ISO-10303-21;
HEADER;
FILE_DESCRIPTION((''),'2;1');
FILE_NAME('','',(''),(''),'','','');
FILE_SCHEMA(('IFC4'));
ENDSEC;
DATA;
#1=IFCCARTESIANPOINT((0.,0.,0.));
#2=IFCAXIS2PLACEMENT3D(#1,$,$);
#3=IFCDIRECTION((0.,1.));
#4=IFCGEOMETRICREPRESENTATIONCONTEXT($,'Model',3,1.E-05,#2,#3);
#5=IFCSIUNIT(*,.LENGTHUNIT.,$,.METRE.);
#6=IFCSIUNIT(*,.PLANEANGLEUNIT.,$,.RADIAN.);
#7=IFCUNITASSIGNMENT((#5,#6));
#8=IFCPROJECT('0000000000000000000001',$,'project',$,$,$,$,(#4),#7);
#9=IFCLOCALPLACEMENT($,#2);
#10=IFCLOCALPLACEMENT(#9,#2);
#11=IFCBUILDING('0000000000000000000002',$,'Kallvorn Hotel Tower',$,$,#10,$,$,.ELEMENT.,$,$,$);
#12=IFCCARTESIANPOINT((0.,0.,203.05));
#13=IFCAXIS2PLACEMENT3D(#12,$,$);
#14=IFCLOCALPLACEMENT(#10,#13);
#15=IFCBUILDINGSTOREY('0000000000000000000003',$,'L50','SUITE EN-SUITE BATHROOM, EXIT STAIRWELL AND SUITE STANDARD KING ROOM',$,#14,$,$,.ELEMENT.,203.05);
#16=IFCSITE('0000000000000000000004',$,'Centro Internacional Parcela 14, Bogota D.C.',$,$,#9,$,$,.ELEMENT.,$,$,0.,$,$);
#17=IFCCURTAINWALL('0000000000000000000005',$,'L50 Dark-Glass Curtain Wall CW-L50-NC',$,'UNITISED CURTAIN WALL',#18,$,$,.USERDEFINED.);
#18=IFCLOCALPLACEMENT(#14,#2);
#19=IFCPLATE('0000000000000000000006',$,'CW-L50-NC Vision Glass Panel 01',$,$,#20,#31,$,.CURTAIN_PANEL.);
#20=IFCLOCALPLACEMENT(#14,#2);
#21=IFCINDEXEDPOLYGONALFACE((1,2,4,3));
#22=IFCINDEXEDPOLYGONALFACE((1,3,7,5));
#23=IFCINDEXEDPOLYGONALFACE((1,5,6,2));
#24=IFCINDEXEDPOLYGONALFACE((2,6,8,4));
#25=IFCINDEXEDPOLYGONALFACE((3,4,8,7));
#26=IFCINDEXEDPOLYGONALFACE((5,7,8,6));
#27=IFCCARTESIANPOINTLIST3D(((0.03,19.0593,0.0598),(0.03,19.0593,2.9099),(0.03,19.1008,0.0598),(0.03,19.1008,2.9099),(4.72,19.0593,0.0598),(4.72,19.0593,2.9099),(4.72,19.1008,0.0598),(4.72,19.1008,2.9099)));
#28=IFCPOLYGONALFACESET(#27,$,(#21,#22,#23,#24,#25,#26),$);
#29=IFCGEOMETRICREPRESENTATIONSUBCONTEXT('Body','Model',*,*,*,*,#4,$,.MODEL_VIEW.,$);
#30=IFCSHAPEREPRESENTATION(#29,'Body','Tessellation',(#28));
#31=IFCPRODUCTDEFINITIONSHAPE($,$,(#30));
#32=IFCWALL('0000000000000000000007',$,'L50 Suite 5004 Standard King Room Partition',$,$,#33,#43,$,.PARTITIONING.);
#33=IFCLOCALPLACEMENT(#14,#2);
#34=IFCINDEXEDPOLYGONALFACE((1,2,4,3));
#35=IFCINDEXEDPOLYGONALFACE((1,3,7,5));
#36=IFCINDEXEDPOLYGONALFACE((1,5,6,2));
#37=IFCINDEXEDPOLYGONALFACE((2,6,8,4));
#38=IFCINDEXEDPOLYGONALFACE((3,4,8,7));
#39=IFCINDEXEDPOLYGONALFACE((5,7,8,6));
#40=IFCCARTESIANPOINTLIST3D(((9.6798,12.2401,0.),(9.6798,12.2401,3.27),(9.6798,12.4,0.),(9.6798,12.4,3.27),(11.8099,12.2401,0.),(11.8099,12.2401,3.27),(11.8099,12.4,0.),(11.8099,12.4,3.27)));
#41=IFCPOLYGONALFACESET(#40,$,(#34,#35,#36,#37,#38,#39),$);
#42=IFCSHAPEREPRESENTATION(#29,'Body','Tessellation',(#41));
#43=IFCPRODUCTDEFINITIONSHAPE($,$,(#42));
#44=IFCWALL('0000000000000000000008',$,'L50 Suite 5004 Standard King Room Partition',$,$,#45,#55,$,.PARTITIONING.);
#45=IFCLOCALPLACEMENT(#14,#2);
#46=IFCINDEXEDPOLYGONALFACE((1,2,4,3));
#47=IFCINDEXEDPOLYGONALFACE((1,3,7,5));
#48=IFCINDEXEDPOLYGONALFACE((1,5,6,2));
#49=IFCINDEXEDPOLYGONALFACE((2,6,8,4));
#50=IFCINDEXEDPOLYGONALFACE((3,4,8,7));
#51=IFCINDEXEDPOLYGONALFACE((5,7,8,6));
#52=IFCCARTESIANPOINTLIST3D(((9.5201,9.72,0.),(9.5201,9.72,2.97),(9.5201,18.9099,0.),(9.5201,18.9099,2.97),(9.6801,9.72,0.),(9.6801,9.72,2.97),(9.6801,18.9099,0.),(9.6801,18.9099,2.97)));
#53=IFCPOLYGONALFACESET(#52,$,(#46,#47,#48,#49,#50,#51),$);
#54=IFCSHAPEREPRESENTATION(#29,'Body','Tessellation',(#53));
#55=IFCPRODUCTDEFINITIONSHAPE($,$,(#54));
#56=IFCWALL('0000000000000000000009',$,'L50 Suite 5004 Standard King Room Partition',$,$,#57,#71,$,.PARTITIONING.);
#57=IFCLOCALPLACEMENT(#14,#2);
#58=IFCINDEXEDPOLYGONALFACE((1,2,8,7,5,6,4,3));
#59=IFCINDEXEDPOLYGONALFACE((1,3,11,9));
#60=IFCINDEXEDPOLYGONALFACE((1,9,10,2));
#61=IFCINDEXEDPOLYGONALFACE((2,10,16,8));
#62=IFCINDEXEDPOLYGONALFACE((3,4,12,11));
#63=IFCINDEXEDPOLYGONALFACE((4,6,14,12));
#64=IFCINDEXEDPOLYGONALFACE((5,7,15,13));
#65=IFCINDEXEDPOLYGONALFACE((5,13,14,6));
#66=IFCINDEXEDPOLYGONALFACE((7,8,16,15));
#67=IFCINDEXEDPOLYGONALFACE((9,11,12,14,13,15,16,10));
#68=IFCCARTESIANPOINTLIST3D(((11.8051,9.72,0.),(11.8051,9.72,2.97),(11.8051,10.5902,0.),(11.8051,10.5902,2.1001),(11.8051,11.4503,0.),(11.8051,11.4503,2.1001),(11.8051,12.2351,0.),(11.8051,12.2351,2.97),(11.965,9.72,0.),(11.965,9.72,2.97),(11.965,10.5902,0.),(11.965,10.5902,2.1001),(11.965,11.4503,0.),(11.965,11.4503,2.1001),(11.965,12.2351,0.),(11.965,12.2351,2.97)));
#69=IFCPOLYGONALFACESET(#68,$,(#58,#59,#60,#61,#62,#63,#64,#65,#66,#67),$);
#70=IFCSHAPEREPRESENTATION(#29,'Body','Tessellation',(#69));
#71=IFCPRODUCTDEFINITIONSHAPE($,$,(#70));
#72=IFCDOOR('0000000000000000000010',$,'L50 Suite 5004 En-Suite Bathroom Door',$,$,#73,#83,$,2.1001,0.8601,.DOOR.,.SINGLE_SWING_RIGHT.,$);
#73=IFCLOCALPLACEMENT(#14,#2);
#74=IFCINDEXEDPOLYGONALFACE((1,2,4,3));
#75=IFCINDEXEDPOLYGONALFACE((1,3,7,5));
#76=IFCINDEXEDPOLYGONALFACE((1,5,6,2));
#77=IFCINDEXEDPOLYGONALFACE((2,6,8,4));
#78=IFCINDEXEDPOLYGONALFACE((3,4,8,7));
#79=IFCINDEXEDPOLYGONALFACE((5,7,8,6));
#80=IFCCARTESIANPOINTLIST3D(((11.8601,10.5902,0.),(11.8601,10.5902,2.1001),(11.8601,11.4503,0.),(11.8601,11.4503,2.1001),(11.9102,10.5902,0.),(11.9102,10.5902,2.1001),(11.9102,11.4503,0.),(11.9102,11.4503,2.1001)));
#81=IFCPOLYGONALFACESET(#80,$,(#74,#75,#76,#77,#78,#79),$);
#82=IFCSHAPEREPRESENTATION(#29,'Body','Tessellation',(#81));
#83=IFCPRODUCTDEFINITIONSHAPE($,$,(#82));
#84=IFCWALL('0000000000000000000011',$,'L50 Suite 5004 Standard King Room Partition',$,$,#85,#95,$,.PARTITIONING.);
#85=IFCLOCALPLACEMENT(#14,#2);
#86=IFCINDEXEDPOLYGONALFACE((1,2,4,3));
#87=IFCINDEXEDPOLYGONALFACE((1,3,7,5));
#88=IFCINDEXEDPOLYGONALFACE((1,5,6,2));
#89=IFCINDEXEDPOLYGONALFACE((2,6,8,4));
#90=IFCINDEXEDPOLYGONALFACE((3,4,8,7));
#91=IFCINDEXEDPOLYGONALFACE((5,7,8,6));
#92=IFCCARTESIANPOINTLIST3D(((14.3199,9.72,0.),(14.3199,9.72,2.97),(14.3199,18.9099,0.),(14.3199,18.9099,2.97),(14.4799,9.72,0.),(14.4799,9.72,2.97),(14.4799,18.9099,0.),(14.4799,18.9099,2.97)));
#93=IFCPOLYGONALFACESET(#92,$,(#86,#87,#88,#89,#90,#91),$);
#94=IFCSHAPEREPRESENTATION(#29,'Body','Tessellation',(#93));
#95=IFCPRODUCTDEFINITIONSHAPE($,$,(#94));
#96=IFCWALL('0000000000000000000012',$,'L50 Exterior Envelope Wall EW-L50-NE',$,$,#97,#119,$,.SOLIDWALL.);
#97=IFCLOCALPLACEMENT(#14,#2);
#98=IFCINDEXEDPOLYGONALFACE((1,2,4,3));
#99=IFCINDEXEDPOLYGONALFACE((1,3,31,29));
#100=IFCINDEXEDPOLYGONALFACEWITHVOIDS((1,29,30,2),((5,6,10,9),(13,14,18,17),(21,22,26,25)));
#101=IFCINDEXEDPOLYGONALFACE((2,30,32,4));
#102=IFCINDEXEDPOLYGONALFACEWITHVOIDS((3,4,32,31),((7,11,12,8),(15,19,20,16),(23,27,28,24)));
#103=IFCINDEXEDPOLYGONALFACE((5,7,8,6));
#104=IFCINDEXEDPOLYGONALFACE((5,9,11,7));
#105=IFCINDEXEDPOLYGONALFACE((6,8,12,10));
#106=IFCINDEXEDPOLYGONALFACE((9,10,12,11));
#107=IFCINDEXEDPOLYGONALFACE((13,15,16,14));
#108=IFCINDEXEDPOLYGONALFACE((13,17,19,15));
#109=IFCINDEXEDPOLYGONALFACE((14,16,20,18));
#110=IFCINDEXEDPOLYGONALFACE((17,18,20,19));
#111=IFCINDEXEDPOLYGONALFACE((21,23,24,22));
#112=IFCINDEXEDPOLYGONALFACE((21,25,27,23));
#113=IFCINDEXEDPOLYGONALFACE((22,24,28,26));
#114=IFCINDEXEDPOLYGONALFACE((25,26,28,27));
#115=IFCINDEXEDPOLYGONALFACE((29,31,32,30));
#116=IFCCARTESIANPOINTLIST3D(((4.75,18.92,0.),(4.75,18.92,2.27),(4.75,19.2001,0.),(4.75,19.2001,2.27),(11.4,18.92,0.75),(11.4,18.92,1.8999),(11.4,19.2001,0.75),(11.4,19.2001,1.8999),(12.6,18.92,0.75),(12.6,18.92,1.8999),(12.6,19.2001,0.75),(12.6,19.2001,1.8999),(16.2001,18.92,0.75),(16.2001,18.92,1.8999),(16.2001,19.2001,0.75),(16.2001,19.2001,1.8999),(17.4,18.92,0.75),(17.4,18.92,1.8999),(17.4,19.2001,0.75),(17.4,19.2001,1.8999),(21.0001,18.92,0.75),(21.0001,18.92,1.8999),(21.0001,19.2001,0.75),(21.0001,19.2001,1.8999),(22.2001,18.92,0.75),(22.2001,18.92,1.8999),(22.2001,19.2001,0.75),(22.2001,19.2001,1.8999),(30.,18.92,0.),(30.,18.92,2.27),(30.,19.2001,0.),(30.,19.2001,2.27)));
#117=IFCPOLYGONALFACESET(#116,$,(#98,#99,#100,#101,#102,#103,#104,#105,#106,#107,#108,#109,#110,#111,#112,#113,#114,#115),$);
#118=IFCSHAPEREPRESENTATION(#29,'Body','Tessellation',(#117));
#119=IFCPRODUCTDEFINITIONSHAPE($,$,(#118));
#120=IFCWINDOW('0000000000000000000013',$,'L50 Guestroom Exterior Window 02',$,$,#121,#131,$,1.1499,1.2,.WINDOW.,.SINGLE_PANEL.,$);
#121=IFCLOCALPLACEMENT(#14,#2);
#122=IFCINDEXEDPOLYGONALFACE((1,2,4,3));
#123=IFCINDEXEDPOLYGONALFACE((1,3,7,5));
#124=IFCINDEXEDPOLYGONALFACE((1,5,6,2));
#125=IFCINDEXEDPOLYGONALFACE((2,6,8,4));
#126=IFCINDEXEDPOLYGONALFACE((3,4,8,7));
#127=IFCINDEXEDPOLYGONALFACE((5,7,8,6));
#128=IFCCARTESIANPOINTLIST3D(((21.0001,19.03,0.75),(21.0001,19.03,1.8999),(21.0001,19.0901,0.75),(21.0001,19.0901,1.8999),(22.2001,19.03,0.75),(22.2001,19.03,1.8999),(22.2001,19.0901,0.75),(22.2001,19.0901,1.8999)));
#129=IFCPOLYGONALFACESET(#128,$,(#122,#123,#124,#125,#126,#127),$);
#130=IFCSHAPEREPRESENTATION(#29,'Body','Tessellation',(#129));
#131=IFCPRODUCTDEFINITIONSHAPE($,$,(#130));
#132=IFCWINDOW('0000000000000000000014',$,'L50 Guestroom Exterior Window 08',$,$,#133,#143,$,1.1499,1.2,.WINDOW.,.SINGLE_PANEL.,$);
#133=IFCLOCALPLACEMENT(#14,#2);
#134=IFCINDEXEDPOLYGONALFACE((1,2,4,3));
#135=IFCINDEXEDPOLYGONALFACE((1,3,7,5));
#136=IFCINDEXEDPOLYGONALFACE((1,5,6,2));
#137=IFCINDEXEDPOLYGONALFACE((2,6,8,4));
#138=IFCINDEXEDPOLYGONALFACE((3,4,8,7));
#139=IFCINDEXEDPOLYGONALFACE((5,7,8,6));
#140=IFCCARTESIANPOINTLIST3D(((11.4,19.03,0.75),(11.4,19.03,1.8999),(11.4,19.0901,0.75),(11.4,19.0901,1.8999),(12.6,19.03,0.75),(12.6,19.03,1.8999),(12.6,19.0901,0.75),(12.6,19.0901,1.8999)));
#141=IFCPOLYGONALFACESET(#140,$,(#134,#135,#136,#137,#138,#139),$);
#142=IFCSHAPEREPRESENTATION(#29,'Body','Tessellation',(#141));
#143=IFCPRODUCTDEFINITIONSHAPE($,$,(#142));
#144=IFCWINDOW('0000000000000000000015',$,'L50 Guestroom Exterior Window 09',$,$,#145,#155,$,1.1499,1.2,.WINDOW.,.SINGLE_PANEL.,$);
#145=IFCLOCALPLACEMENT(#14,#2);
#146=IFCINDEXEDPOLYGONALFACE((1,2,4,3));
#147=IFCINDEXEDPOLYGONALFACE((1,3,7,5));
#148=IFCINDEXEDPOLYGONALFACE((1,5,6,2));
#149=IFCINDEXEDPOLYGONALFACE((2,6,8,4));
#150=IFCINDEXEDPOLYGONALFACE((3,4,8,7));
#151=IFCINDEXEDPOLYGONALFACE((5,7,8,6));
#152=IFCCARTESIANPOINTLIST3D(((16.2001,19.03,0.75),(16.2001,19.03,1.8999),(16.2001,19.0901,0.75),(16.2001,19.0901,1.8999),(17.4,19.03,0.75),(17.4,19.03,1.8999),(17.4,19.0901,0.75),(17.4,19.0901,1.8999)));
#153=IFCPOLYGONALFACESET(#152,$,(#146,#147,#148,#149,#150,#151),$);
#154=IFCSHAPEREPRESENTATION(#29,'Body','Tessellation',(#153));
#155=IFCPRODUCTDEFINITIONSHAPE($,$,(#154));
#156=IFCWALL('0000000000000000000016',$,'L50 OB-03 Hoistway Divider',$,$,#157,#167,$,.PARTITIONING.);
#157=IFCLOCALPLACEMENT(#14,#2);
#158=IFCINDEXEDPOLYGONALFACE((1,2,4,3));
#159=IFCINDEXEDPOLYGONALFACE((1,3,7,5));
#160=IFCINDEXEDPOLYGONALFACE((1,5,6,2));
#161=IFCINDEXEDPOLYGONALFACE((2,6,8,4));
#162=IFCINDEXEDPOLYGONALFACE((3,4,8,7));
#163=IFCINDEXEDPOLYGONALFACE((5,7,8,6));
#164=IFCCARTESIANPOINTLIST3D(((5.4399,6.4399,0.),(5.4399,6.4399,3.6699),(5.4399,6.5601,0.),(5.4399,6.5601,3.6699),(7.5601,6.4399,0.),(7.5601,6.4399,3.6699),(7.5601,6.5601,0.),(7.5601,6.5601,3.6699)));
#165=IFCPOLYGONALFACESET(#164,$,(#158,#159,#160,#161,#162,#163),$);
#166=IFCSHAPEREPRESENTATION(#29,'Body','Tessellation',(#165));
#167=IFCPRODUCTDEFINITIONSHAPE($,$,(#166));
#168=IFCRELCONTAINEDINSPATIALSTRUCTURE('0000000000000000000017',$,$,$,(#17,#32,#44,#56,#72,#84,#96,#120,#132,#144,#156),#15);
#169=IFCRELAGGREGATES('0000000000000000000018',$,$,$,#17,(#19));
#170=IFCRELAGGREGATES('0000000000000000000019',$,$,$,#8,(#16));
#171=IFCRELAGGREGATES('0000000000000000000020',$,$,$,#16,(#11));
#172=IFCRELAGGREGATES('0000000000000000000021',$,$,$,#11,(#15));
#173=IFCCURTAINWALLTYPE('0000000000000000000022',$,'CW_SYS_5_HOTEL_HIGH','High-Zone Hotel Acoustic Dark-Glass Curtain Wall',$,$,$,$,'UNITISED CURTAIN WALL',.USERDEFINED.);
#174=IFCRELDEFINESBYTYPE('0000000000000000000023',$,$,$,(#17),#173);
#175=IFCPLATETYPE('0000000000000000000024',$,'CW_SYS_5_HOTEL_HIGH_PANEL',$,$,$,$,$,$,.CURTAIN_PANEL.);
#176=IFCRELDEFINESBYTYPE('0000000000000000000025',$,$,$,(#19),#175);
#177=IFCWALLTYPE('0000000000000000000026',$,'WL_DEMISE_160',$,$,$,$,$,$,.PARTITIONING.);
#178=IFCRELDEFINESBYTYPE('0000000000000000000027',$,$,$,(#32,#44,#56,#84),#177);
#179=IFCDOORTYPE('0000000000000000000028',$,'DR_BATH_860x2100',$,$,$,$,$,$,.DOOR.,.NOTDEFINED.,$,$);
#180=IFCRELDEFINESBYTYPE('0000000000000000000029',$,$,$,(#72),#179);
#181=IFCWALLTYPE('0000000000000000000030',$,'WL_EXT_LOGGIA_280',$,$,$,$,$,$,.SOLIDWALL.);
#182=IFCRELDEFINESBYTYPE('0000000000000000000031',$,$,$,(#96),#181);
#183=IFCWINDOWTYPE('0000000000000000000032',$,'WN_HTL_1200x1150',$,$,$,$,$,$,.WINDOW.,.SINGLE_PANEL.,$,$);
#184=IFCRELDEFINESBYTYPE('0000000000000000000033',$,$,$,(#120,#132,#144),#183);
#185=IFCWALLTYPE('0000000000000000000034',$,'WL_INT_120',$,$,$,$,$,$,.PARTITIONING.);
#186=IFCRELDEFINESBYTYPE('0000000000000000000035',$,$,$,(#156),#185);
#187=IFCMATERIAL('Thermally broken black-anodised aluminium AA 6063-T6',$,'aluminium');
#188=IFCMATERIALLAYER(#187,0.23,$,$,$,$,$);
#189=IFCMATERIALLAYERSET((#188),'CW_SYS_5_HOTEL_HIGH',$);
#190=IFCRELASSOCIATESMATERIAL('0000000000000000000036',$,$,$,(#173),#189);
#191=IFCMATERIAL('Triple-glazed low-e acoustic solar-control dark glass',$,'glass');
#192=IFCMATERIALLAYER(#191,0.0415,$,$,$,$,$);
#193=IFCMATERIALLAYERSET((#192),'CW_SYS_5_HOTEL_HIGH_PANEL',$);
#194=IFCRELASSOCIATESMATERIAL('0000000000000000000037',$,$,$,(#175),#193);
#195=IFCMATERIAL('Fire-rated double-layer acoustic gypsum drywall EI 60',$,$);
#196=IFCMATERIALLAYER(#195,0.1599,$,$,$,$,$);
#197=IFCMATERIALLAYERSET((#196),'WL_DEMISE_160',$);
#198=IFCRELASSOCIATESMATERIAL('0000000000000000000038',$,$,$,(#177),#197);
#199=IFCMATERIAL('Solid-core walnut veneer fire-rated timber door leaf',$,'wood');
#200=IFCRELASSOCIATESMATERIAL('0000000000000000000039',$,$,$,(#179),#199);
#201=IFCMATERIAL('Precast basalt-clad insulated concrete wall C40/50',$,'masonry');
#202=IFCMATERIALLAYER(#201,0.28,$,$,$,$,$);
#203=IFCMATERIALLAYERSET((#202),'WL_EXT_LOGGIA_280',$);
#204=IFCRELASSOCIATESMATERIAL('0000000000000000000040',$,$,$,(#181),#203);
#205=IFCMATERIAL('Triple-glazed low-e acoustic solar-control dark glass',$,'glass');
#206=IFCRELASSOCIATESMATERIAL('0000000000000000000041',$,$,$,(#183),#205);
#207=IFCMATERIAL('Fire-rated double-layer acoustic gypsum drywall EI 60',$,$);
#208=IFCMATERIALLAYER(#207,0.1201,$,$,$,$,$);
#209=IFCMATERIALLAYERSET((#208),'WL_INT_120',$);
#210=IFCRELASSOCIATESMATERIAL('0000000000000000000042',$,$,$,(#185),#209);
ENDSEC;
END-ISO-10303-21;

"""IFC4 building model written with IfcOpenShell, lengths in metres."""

from ifc_helpers import new_model, si_unit, direction, frame, frame_2d, origin, origin_2d, place, context, subcontext, project, spatial, rectangle, extrude, material, layer, layer_set, type_object, element, fill, aggregate, save


model = new_model("IFC4")

# Units and contexts
model_context = context("Model", 3, precision=1e-05, world=origin(), true_north=direction((0.0, 1.0)))
body_context = subcontext(model_context, "Body", "Model", "MODEL_VIEW")
ifc_project = project(units=[si_unit("LENGTHUNIT", "METRE"), si_unit("PLANEANGLEUNIT", "RADIAN")], contexts=[model_context])

# Site, building, storey
site_placement = place(None, origin())
site = spatial("IfcSite", under=ifc_project, at=site_placement, Name="Centro Internacional Parcela 14, Bogota D.C.", CompositionType="ELEMENT", RefElevation=0.0)
building_placement = place(site_placement, origin())
building = spatial("IfcBuilding", under=site, at=building_placement, Name="Kallvorn Hotel Tower", CompositionType="ELEMENT")
storey_placement = place(building_placement, frame((0.0, 0.0, 203.05)))
storey = spatial("IfcBuildingStorey", under=building, at=storey_placement, Name="L50", Description="SUITE EN-SUITE BATHROOM, EXIT STAIRWELL AND SUITE STANDARD KING ROOM", CompositionType="ELEMENT", Elevation=203.05)

# Curtain wall, plate
ifc_material_1 = material(Name="Thermally broken black-anodised aluminium AA 6063-T6", Category="aluminium")
ifc_layer_1 = layer(ifc_material_1, 0.23)
ifc_layer_set_1 = layer_set([ifc_layer_1], Name="CW_SYS_5_HOTEL_HIGH")
curtain_wall_type = type_object("IfcCurtainWallType", Name="CW_SYS_5_HOTEL_HIGH", Description="High-Zone Hotel Acoustic Dark-Glass Curtain Wall", ElementType="UNITISED CURTAIN WALL", PredefinedType="USERDEFINED", material=ifc_layer_set_1)
curtain_wall_placement = place(storey_placement, origin())
curtain_wall = element("IfcCurtainWall", 1, at=curtain_wall_placement, inside=storey, type_object=curtain_wall_type, Name="L50 Dark-Glass Curtain Wall CW-L50-NC", ObjectType="UNITISED CURTAIN WALL", PredefinedType="USERDEFINED")
ifc_material_2 = material(Name="Triple-glazed low-e acoustic solar-control dark glass", Category="glass")
ifc_layer_2 = layer(ifc_material_2, 0.0415)
ifc_layer_set_2 = layer_set([ifc_layer_2], Name="CW_SYS_5_HOTEL_HIGH_PANEL")
plate_type = type_object("IfcPlateType", Name="CW_SYS_5_HOTEL_HIGH_PANEL", PredefinedType="CURTAIN_PANEL", material=ifc_layer_set_2)
plate_placement = place(storey_placement, frame((2.375, 19.0801, 0.0598), z_axis=(0.0, 0.0, 1.0), x_axis=(1.0, 0.0, 0.0)))
plate = element("IfcPlate", 2, at=plate_placement, type_object=plate_type, Name="CW-L50-NC Vision Glass Panel 01", PredefinedType="CURTAIN_PANEL", context=body_context, shape_type="SweptSolid", body=[
    extrude(rectangle(XDim=4.6899, YDim=0.0415, at=origin_2d()), origin(), (0.0, 0.0, 1.0), 2.8501),
])
aggregate(curtain_wall, [plate])

# Walls
ifc_material_3 = material(Name="Fire-rated double-layer acoustic gypsum drywall EI 60")
ifc_layer_3 = layer(ifc_material_3, 0.1599)
ifc_layer_set_3 = layer_set([ifc_layer_3], Name="WL_DEMISE_160")
wall_type_1 = type_object("IfcWallType", Name="WL_DEMISE_160", PredefinedType="PARTITIONING", material=ifc_layer_set_3)
wall_1_placement = place(storey_placement, frame((9.6799, 12.3201, 0.0), z_axis=(0.0, 0.0, 1.0), x_axis=(1.0, 0.0, 0.0)))
element("IfcWall", 3, at=wall_1_placement, inside=storey, type_object=wall_type_1, Name="L50 Suite 5004 Standard King Room Partition", PredefinedType="PARTITIONING", context=body_context, shape_type="SweptSolid", body=[
    extrude(rectangle(XDim=2.1301, YDim=0.1599, at=frame_2d((1.0649, 0.0))), origin(), (0.0, 0.0, 1.0), 3.27),
])
wall_2_placement = place(storey_placement, frame((9.6001, 9.72, 0.0), z_axis=(0.0, 0.0, 1.0), x_axis=(0.0, 1.0, 0.0)))
element("IfcWall", 4, at=wall_2_placement, inside=storey, type_object=wall_type_1, Name="L50 Suite 5004 Standard King Room Partition", PredefinedType="PARTITIONING", context=body_context, shape_type="SweptSolid", body=[
    extrude(rectangle(XDim=9.1899, YDim=0.1599, at=frame_2d((4.595, 0.0))), origin(), (0.0, 0.0, 1.0), 2.97),
])

# Wall, opening, door
wall_3_placement = place(storey_placement, frame((11.885, 9.72, 0.0), z_axis=(0.0, 0.0, 1.0), x_axis=(0.0, 1.0, 0.0)))
wall_3 = element("IfcWall", 5, at=wall_3_placement, inside=storey, type_object=wall_type_1, Name="L50 Suite 5004 Standard King Room Partition", PredefinedType="PARTITIONING", context=body_context, shape_type="SweptSolid", body=[
    extrude(rectangle(XDim=2.5151, YDim=0.1599, at=frame_2d((1.2576, 0.0))), origin(), (0.0, 0.0, 1.0), 2.97),
])
opening_1_placement = place(wall_3_placement, frame((0.8701, 0.0, 0.0)))
opening_1 = element("IfcOpeningElement", 6, at=opening_1_placement, cuts=wall_3, PredefinedType="OPENING", context=body_context, shape_type="SweptSolid", body=[
    extrude(rectangle(XDim=0.8601, YDim=2.1001, at=frame_2d((0.4302, 1.05))), frame((0.0, 0.095, 0.0), z_axis=(0.0, -1.0, 0.0), x_axis=(1.0, 0.0, 0.0)), (0.0, 0.0, 1.0), 0.1899),
])
ifc_material_4 = material(Name="Solid-core walnut veneer fire-rated timber door leaf", Category="wood")
door_type_1 = type_object("IfcDoorType", Name="DR_BATH_860x2100", OperationType="NOTDEFINED", PredefinedType="DOOR", material=ifc_material_4)
door_1_placement = place(opening_1_placement, origin())
door_1 = element("IfcDoor", 7, at=door_1_placement, inside=storey, type_object=door_type_1, Name="L50 Suite 5004 En-Suite Bathroom Door", OperationType="SINGLE_SWING_RIGHT", OverallHeight=2.1001, OverallWidth=0.8601, PredefinedType="DOOR", context=body_context, shape_type="SweptSolid", body=[
    extrude(rectangle(XDim=0.8601, YDim=2.1001, at=frame_2d((0.4302, 1.05))), frame((0.0, 0.0249, 0.0), z_axis=(0.0, -1.0, 0.0), x_axis=(1.0, 0.0, 0.0)), (0.0, 0.0, 1.0), 0.05),
])
fill(opening_1, door_1)

# Wall
wall_4_placement = place(storey_placement, frame((14.3999, 9.72, 0.0), z_axis=(0.0, 0.0, 1.0), x_axis=(0.0, 1.0, 0.0)))
element("IfcWall", 8, at=wall_4_placement, inside=storey, type_object=wall_type_1, Name="L50 Suite 5004 Standard King Room Partition", PredefinedType="PARTITIONING", context=body_context, shape_type="SweptSolid", body=[
    extrude(rectangle(XDim=9.1899, YDim=0.1599, at=frame_2d((4.595, 0.0))), origin(), (0.0, 0.0, 1.0), 2.97),
])

# Wall, openings, windows
ifc_material_5 = material(Name="Precast basalt-clad insulated concrete wall C40/50", Category="masonry")
ifc_layer_4 = layer(ifc_material_5, 0.28)
ifc_layer_set_4 = layer_set([ifc_layer_4], Name="WL_EXT_LOGGIA_280")
wall_type_2 = type_object("IfcWallType", Name="WL_EXT_LOGGIA_280", PredefinedType="SOLIDWALL", material=ifc_layer_set_4)
wall_5_placement = place(storey_placement, frame((4.75, 19.0601, 0.0), z_axis=(0.0, 0.0, 1.0), x_axis=(1.0, 0.0, 0.0)))
wall_5 = element("IfcWall", 9, at=wall_5_placement, inside=storey, type_object=wall_type_2, Name="L50 Exterior Envelope Wall EW-L50-NE", PredefinedType="SOLIDWALL", context=body_context, shape_type="SweptSolid", body=[
    extrude(rectangle(XDim=25.25, YDim=0.28, at=frame_2d((12.625, 0.0))), origin(), (0.0, 0.0, 1.0), 2.27),
])
opening_2_placement = place(wall_5_placement, frame((16.25, 0.0, 0.75)))
opening_2 = element("IfcOpeningElement", 10, at=opening_2_placement, cuts=wall_5, PredefinedType="OPENING", context=body_context, shape_type="SweptSolid", body=[
    extrude(rectangle(XDim=1.2, YDim=1.1499, at=frame_2d((0.6001, 0.575))), frame((0.0, 0.155, 0.0), z_axis=(0.0, -1.0, 0.0), x_axis=(1.0, 0.0, 0.0)), (0.0, 0.0, 1.0), 0.3101),
])
opening_3_placement = place(wall_5_placement, frame((6.6499, 0.0, 0.75)))
opening_3 = element("IfcOpeningElement", 11, at=opening_3_placement, cuts=wall_5, PredefinedType="OPENING", context=body_context, shape_type="SweptSolid", body=[
    extrude(rectangle(XDim=1.2, YDim=1.1499, at=frame_2d((0.6001, 0.575))), frame((0.0, 0.155, 0.0), z_axis=(0.0, -1.0, 0.0), x_axis=(1.0, 0.0, 0.0)), (0.0, 0.0, 1.0), 0.3101),
])
opening_4_placement = place(wall_5_placement, frame((11.45, 0.0, 0.75)))
opening_4 = element("IfcOpeningElement", 12, at=opening_4_placement, cuts=wall_5, PredefinedType="OPENING", context=body_context, shape_type="SweptSolid", body=[
    extrude(rectangle(XDim=1.2, YDim=1.1499, at=frame_2d((0.6001, 0.575))), frame((0.0, 0.155, 0.0), z_axis=(0.0, -1.0, 0.0), x_axis=(1.0, 0.0, 0.0)), (0.0, 0.0, 1.0), 0.3101),
])
ifc_material_6 = material(Name="Triple-glazed low-e acoustic solar-control dark glass", Category="glass")
window_type = type_object("IfcWindowType", Name="WN_HTL_1200x1150", PartitioningType="SINGLE_PANEL", PredefinedType="WINDOW", material=ifc_material_6)
window_1_placement = place(opening_2_placement, origin())
window_1 = element("IfcWindow", 13, at=window_1_placement, inside=storey, type_object=window_type, Name="L50 Guestroom Exterior Window 02", OverallHeight=1.1499, OverallWidth=1.2, PartitioningType="SINGLE_PANEL", PredefinedType="WINDOW", context=body_context, shape_type="SweptSolid", body=[
    extrude(rectangle(XDim=1.2, YDim=1.1499, at=frame_2d((0.6001, 0.575))), frame((0.0, 0.03, 0.0), z_axis=(0.0, -1.0, 0.0), x_axis=(1.0, 0.0, 0.0)), (0.0, 0.0, 1.0), 0.0601),
])
fill(opening_2, window_1)
window_2_placement = place(opening_3_placement, origin())
window_2 = element("IfcWindow", 14, at=window_2_placement, inside=storey, type_object=window_type, Name="L50 Guestroom Exterior Window 08", OverallHeight=1.1499, OverallWidth=1.2, PartitioningType="SINGLE_PANEL", PredefinedType="WINDOW", context=body_context, shape_type="SweptSolid", body=[
    extrude(rectangle(XDim=1.2, YDim=1.1499, at=frame_2d((0.6001, 0.575))), frame((0.0, 0.03, 0.0), z_axis=(0.0, -1.0, 0.0), x_axis=(1.0, 0.0, 0.0)), (0.0, 0.0, 1.0), 0.0601),
])
fill(opening_3, window_2)
window_3_placement = place(opening_4_placement, origin())
window_3 = element("IfcWindow", 15, at=window_3_placement, inside=storey, type_object=window_type, Name="L50 Guestroom Exterior Window 09", OverallHeight=1.1499, OverallWidth=1.2, PartitioningType="SINGLE_PANEL", PredefinedType="WINDOW", context=body_context, shape_type="SweptSolid", body=[
    extrude(rectangle(XDim=1.2, YDim=1.1499, at=frame_2d((0.6001, 0.575))), frame((0.0, 0.03, 0.0), z_axis=(0.0, -1.0, 0.0), x_axis=(1.0, 0.0, 0.0)), (0.0, 0.0, 1.0), 0.0601),
])
fill(opening_4, window_3)

# Wall
ifc_material_7 = material(Name="Fire-rated double-layer acoustic gypsum drywall EI 60")
ifc_layer_5 = layer(ifc_material_7, 0.1201)
ifc_layer_set_5 = layer_set([ifc_layer_5], Name="WL_INT_120")
wall_type_3 = type_object("IfcWallType", Name="WL_INT_120", PredefinedType="PARTITIONING", material=ifc_layer_set_5)
wall_6_placement = place(storey_placement, frame((5.4399, 6.5, 0.0), z_axis=(0.0, 0.0, 1.0), x_axis=(1.0, 0.0, 0.0)))
element("IfcWall", 16, at=wall_6_placement, inside=storey, type_object=wall_type_3, Name="L50 OB-03 Hoistway Divider", PredefinedType="PARTITIONING", context=body_context, shape_type="SweptSolid", body=[
    extrude(rectangle(XDim=2.1201, YDim=0.1201, at=frame_2d((1.0601, 0.0))), origin(), (0.0, 0.0, 1.0), 3.6699),
])

save(model, "model.ifc")
